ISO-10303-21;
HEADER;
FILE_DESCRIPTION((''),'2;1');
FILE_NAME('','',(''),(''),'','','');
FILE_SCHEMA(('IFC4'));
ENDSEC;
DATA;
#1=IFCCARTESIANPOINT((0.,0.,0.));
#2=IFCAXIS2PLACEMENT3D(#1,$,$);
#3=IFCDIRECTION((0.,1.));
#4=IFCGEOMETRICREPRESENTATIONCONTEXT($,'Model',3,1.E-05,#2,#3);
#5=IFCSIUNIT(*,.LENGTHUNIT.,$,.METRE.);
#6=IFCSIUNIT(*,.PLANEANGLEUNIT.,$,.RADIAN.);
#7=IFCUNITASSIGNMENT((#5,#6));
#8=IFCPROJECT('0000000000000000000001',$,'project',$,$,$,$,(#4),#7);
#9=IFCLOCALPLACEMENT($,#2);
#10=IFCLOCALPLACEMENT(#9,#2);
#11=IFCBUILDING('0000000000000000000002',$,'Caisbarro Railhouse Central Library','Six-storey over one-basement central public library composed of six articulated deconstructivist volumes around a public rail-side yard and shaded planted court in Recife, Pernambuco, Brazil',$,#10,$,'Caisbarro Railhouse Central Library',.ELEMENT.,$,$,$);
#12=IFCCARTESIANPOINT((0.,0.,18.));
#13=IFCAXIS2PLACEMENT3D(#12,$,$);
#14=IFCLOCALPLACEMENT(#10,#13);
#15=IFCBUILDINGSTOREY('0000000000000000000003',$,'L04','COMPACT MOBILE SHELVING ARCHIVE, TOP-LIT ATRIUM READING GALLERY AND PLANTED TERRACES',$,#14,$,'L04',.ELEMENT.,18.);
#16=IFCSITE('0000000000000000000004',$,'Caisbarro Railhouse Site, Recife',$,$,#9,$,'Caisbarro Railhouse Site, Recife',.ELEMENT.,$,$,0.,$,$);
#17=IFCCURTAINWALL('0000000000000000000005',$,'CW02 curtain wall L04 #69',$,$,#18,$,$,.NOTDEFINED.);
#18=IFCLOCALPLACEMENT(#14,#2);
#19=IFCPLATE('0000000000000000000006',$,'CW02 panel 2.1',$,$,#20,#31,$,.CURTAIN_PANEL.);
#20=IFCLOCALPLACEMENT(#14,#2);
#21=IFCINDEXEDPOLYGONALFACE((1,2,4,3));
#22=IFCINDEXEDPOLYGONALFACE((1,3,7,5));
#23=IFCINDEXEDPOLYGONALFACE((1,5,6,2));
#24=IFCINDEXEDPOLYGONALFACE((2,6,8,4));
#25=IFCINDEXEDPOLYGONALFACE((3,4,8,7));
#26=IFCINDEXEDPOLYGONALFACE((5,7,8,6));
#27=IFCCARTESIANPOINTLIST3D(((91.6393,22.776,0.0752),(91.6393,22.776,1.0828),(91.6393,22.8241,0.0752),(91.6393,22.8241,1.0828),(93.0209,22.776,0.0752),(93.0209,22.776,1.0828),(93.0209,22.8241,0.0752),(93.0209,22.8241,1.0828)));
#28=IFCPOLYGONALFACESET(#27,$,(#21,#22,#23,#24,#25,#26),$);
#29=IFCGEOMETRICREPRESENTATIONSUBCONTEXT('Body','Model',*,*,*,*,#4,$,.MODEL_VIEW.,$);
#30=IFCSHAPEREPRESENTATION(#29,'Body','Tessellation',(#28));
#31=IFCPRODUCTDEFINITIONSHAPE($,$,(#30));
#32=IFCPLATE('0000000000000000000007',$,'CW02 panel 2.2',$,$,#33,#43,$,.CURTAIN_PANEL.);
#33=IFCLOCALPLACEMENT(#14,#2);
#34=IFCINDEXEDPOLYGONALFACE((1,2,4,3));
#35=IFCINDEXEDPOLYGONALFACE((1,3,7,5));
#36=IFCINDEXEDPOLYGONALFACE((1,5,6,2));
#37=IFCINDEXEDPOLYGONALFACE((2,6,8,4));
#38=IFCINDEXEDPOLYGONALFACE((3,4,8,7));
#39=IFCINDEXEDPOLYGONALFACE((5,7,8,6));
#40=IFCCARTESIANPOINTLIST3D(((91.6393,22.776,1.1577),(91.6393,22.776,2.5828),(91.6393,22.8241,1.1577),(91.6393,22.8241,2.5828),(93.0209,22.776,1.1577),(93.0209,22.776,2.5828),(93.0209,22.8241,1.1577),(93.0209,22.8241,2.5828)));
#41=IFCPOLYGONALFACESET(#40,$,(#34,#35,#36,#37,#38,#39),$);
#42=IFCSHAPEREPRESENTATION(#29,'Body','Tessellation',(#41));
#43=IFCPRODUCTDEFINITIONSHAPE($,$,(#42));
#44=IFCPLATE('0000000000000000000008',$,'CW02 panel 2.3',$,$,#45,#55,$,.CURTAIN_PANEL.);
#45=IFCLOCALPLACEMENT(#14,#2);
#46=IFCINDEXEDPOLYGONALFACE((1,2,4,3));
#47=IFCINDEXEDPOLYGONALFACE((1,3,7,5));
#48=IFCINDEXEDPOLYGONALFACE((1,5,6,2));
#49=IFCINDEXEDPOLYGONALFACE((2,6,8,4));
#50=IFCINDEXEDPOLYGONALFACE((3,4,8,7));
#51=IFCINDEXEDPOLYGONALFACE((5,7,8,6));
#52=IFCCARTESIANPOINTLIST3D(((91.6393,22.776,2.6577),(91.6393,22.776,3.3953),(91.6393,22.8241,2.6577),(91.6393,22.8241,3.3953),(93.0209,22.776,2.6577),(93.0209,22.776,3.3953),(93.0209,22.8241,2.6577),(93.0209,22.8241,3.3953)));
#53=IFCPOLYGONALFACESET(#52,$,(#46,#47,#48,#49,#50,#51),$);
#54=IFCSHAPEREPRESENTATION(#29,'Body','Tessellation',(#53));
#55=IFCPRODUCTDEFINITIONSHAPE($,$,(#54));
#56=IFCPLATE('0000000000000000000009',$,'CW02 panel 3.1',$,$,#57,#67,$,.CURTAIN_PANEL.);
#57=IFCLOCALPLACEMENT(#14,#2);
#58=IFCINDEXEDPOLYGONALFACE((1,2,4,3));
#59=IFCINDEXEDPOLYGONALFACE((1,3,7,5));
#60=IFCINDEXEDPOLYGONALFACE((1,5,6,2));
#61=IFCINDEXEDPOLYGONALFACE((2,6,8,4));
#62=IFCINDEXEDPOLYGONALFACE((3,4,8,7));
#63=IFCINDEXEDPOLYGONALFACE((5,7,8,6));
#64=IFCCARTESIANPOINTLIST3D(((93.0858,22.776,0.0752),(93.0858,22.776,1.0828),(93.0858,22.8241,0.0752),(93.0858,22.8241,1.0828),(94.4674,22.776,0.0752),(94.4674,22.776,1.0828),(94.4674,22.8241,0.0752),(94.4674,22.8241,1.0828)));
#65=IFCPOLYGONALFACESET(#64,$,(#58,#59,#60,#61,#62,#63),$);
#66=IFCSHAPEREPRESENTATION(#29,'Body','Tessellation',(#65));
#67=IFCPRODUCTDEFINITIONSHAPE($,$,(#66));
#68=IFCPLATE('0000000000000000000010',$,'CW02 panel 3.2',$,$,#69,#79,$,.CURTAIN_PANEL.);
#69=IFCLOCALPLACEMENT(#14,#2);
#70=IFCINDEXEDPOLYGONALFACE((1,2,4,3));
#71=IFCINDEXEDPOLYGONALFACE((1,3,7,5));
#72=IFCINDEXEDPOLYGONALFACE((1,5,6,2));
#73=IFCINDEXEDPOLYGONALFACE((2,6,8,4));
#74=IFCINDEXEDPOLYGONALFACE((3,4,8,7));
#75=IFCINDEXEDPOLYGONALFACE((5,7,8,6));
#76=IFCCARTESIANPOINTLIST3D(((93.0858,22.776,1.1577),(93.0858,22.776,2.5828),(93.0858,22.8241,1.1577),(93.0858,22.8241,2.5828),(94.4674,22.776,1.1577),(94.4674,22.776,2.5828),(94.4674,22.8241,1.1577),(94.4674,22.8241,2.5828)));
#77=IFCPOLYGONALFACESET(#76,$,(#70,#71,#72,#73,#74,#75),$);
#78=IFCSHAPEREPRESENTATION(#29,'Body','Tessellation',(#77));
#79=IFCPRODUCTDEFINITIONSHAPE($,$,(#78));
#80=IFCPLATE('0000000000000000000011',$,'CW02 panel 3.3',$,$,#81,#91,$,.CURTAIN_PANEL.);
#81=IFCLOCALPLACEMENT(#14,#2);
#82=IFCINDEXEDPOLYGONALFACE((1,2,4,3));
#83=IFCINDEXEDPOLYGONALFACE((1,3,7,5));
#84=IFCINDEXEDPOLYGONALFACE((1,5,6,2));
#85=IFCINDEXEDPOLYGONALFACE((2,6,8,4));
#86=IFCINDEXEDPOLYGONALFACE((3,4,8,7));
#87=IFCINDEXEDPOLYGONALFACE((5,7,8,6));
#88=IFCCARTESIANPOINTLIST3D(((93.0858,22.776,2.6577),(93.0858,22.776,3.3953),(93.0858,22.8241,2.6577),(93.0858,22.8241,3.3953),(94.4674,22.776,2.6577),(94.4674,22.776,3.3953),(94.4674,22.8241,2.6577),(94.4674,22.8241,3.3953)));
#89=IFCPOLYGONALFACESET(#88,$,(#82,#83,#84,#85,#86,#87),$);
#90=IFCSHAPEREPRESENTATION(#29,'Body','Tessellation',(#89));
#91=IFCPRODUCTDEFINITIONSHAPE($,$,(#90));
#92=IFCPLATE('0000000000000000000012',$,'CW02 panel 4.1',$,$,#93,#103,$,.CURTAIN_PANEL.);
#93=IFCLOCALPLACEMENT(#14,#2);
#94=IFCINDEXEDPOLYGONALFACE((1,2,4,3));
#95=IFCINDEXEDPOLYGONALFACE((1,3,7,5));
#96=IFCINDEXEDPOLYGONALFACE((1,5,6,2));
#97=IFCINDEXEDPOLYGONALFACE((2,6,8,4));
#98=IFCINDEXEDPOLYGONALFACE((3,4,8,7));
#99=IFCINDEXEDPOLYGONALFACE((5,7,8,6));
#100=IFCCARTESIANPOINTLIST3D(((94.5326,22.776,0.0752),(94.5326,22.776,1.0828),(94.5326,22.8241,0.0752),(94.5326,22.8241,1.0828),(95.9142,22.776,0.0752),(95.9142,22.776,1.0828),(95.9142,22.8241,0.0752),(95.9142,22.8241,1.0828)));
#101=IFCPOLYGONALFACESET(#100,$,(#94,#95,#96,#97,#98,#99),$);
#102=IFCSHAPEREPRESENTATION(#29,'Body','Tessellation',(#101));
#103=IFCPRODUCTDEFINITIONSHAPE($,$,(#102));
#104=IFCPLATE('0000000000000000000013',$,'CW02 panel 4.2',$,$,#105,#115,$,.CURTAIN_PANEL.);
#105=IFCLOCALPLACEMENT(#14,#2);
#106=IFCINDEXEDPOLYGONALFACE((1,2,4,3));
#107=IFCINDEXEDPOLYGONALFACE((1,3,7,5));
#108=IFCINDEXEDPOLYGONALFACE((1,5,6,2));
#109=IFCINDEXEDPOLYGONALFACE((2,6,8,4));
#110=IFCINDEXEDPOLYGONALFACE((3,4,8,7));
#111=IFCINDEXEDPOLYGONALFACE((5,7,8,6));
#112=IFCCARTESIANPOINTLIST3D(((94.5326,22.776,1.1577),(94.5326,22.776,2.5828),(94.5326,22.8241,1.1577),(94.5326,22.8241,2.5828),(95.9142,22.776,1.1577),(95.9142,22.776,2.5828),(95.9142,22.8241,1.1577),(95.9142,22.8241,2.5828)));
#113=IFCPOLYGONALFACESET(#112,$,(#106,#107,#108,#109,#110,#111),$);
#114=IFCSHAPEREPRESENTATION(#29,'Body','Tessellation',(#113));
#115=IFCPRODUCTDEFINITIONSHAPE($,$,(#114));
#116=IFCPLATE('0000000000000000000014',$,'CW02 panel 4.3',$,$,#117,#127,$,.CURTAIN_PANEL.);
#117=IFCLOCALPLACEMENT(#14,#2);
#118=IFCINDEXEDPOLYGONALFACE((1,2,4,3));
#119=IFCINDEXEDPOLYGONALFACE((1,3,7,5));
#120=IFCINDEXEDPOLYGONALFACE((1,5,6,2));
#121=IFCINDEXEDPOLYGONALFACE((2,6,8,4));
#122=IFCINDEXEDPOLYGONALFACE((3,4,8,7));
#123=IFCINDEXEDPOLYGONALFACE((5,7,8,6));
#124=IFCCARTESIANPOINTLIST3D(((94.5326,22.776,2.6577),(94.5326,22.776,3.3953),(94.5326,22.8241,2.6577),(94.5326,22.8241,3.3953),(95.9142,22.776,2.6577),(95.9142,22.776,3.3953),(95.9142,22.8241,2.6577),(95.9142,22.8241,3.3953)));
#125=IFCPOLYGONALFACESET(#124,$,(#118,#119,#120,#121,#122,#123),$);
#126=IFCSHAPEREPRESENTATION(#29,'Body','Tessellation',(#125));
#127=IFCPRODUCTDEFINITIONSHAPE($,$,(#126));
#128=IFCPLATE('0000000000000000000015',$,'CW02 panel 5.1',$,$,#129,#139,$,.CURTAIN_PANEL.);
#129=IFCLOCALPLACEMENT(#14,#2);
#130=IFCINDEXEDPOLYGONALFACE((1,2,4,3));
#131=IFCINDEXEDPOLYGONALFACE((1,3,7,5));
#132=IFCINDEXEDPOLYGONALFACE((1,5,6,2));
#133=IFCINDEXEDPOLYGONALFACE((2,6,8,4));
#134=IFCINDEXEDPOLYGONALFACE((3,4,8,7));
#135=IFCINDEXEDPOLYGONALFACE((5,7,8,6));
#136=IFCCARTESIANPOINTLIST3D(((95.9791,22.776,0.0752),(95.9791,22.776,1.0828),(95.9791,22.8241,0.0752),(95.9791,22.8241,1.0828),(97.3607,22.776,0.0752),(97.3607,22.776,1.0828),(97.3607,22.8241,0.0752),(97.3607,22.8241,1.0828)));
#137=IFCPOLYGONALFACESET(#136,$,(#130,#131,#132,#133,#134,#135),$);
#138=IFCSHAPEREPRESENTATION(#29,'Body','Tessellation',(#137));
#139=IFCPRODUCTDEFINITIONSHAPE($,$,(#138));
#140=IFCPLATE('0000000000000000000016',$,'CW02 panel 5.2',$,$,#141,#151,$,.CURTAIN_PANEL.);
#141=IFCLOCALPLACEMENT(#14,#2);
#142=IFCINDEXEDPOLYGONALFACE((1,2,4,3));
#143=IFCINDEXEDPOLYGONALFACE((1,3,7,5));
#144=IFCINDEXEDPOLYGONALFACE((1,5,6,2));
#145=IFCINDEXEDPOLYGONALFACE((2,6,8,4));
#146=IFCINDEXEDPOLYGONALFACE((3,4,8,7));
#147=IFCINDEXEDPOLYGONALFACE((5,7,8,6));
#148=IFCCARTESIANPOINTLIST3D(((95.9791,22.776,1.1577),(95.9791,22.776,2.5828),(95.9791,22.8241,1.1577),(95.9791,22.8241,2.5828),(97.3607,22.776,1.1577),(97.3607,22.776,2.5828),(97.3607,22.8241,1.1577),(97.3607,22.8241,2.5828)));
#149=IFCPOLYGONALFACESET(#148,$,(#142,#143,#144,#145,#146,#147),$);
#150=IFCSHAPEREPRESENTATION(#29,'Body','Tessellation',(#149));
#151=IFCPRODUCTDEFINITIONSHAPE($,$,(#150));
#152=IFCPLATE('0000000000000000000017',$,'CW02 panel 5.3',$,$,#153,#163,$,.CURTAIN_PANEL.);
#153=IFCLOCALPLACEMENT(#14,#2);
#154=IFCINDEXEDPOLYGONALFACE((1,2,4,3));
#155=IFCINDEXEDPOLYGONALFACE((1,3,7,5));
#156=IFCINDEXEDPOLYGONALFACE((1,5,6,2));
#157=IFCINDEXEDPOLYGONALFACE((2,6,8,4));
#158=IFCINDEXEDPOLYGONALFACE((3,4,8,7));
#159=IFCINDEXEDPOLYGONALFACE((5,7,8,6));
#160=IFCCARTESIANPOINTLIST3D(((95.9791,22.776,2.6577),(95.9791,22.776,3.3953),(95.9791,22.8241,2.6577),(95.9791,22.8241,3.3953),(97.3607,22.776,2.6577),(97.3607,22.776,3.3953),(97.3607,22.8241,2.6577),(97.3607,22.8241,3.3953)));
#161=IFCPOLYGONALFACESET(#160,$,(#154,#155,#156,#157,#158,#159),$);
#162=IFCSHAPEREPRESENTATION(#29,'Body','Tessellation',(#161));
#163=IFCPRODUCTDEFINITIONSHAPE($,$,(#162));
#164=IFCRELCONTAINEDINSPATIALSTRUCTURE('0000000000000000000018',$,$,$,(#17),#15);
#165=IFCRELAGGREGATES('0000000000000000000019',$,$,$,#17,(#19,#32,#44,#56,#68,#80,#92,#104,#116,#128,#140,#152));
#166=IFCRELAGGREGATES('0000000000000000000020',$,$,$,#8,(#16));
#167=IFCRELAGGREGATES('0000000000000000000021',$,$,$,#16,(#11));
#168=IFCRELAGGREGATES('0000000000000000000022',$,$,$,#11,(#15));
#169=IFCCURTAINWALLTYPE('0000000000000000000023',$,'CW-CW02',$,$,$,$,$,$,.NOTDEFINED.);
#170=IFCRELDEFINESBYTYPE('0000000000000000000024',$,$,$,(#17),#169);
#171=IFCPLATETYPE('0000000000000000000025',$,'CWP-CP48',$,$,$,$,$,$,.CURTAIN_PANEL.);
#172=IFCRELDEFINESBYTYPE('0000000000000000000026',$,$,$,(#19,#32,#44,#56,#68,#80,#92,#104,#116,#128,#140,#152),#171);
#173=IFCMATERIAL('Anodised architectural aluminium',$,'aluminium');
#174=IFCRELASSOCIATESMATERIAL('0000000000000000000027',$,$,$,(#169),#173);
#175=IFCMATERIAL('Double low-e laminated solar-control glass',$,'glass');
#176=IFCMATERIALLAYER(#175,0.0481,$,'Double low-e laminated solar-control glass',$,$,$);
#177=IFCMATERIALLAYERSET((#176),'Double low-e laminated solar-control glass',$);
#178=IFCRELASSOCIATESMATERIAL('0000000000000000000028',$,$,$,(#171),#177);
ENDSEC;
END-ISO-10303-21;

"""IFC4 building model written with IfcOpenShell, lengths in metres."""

from ifc_helpers import new_model, si_unit, direction, frame, origin, origin_2d, place, context, subcontext, project, spatial, rectangle, extrude, material, layer, layer_set, type_object, element, aggregate, save


model = new_model("IFC4")

# Units and contexts
model_context = context("Model", 3, precision=1e-05, world=origin(), true_north=direction((0.0, 1.0)))
body_context = subcontext(model_context, "Body", "Model", "MODEL_VIEW")
ifc_project = project(units=[si_unit("LENGTHUNIT", "METRE"), si_unit("PLANEANGLEUNIT", "RADIAN")], contexts=[model_context])

# Site, building, storey
site_placement = place(None, origin())
site = spatial("IfcSite", under=ifc_project, at=site_placement, Name="Caisbarro Railhouse Site, Recife", LongName="Caisbarro Railhouse Site, Recife", CompositionType="ELEMENT", RefElevation=0.0)
building_placement = place(site_placement, origin())
building = spatial("IfcBuilding", under=site, at=building_placement, Name="Caisbarro Railhouse Central Library", Description="Six-storey over one-basement central public library composed of six articulated deconstructivist volumes around a public rail-side yard and shaded planted court in Recife, Pernambuco, Brazil", LongName="Caisbarro Railhouse Central Library", CompositionType="ELEMENT")
storey_placement = place(building_placement, frame((0.0, 0.0, 18.0)))
storey = spatial("IfcBuildingStorey", under=building, at=storey_placement, Name="L04", Description="COMPACT MOBILE SHELVING ARCHIVE, TOP-LIT ATRIUM READING GALLERY AND PLANTED TERRACES", LongName="L04", CompositionType="ELEMENT", Elevation=18.0)

# Curtain wall, plates
ifc_material_1 = material(Name="Anodised architectural aluminium", Category="aluminium")
curtain_wall_type = type_object("IfcCurtainWallType", Name="CW-CW02", PredefinedType="NOTDEFINED", material=ifc_material_1)
curtain_wall_placement = place(storey_placement, origin())
curtain_wall = element("IfcCurtainWall", 1, at=curtain_wall_placement, inside=storey, type_object=curtain_wall_type, Name="CW02 curtain wall L04 #69", PredefinedType="NOTDEFINED")
ifc_material_2 = material(Name="Double low-e laminated solar-control glass", Category="glass")
ifc_layer = layer(ifc_material_2, 0.0481, Name="Double low-e laminated solar-control glass")
ifc_layer_set = layer_set([ifc_layer], Name="Double low-e laminated solar-control glass")
plate_type = type_object("IfcPlateType", Name="CWP-CP48", PredefinedType="CURTAIN_PANEL", material=ifc_layer_set)
plate_1_placement = place(storey_placement, frame((92.3301, 22.8, 0.0752), z_axis=(0.0, 0.0, 1.0), x_axis=(1.0, 0.0, 0.0)))
plate_1 = element("IfcPlate", 2, at=plate_1_placement, type_object=plate_type, Name="CW02 panel 2.1", PredefinedType="CURTAIN_PANEL", context=body_context, shape_type="SweptSolid", body=[
    extrude(rectangle(XDim=1.3816, YDim=0.0481, at=origin_2d()), origin(), (0.0, 0.0, 1.0), 1.0076),
])
plate_2_placement = place(storey_placement, frame((92.3301, 22.8, 1.1577), z_axis=(0.0, 0.0, 1.0), x_axis=(1.0, 0.0, 0.0)))
plate_2 = element("IfcPlate", 3, at=plate_2_placement, type_object=plate_type, Name="CW02 panel 2.2", PredefinedType="CURTAIN_PANEL", context=body_context, shape_type="SweptSolid", body=[
    extrude(rectangle(XDim=1.3816, YDim=0.0481, at=origin_2d()), origin(), (0.0, 0.0, 1.0), 1.425),
])
plate_3_placement = place(storey_placement, frame((92.3301, 22.8, 2.6577), z_axis=(0.0, 0.0, 1.0), x_axis=(1.0, 0.0, 0.0)))
plate_3 = element("IfcPlate", 4, at=plate_3_placement, type_object=plate_type, Name="CW02 panel 2.3", PredefinedType="CURTAIN_PANEL", context=body_context, shape_type="SweptSolid", body=[
    extrude(rectangle(XDim=1.3816, YDim=0.0481, at=origin_2d()), origin(), (0.0, 0.0, 1.0), 0.7375),
])
plate_4_placement = place(storey_placement, frame((93.7766, 22.8, 0.0752), z_axis=(0.0, 0.0, 1.0), x_axis=(1.0, 0.0, 0.0)))
plate_4 = element("IfcPlate", 5, at=plate_4_placement, type_object=plate_type, Name="CW02 panel 3.1", PredefinedType="CURTAIN_PANEL", context=body_context, shape_type="SweptSolid", body=[
    extrude(rectangle(XDim=1.3816, YDim=0.0481, at=origin_2d()), origin(), (0.0, 0.0, 1.0), 1.0076),
])
plate_5_placement = place(storey_placement, frame((93.7766, 22.8, 1.1577), z_axis=(0.0, 0.0, 1.0), x_axis=(1.0, 0.0, 0.0)))
plate_5 = element("IfcPlate", 6, at=plate_5_placement, type_object=plate_type, Name="CW02 panel 3.2", PredefinedType="CURTAIN_PANEL", context=body_context, shape_type="SweptSolid", body=[
    extrude(rectangle(XDim=1.3816, YDim=0.0481, at=origin_2d()), origin(), (0.0, 0.0, 1.0), 1.425),
])
plate_6_placement = place(storey_placement, frame((93.7766, 22.8, 2.6577), z_axis=(0.0, 0.0, 1.0), x_axis=(1.0, 0.0, 0.0)))
plate_6 = element("IfcPlate", 7, at=plate_6_placement, type_object=plate_type, Name="CW02 panel 3.3", PredefinedType="CURTAIN_PANEL", context=body_context, shape_type="SweptSolid", body=[
    extrude(rectangle(XDim=1.3816, YDim=0.0481, at=origin_2d()), origin(), (0.0, 0.0, 1.0), 0.7375),
])
plate_7_placement = place(storey_placement, frame((95.2234, 22.8, 0.0752), z_axis=(0.0, 0.0, 1.0), x_axis=(1.0, 0.0, 0.0)))
plate_7 = element("IfcPlate", 8, at=plate_7_placement, type_object=plate_type, Name="CW02 panel 4.1", PredefinedType="CURTAIN_PANEL", context=body_context, shape_type="SweptSolid", body=[
    extrude(rectangle(XDim=1.3816, YDim=0.0481, at=origin_2d()), origin(), (0.0, 0.0, 1.0), 1.0076),
])
plate_8_placement = place(storey_placement, frame((95.2234, 22.8, 1.1577), z_axis=(0.0, 0.0, 1.0), x_axis=(1.0, 0.0, 0.0)))
plate_8 = element("IfcPlate", 9, at=plate_8_placement, type_object=plate_type, Name="CW02 panel 4.2", PredefinedType="CURTAIN_PANEL", context=body_context, shape_type="SweptSolid", body=[
    extrude(rectangle(XDim=1.3816, YDim=0.0481, at=origin_2d()), origin(), (0.0, 0.0, 1.0), 1.425),
])
plate_9_placement = place(storey_placement, frame((95.2234, 22.8, 2.6577), z_axis=(0.0, 0.0, 1.0), x_axis=(1.0, 0.0, 0.0)))
plate_9 = element("IfcPlate", 10, at=plate_9_placement, type_object=plate_type, Name="CW02 panel 4.3", PredefinedType="CURTAIN_PANEL", context=body_context, shape_type="SweptSolid", body=[
    extrude(rectangle(XDim=1.3816, YDim=0.0481, at=origin_2d()), origin(), (0.0, 0.0, 1.0), 0.7375),
])
plate_10_placement = place(storey_placement, frame((96.6699, 22.8, 0.0752), z_axis=(0.0, 0.0, 1.0), x_axis=(1.0, 0.0, 0.0)))
plate_10 = element("IfcPlate", 11, at=plate_10_placement, type_object=plate_type, Name="CW02 panel 5.1", PredefinedType="CURTAIN_PANEL", context=body_context, shape_type="SweptSolid", body=[
    extrude(rectangle(XDim=1.3816, YDim=0.0481, at=origin_2d()), origin(), (0.0, 0.0, 1.0), 1.0076),
])
plate_11_placement = place(storey_placement, frame((96.6699, 22.8, 1.1577), z_axis=(0.0, 0.0, 1.0), x_axis=(1.0, 0.0, 0.0)))
plate_11 = element("IfcPlate", 12, at=plate_11_placement, type_object=plate_type, Name="CW02 panel 5.2", PredefinedType="CURTAIN_PANEL", context=body_context, shape_type="SweptSolid", body=[
    extrude(rectangle(XDim=1.3816, YDim=0.0481, at=origin_2d()), origin(), (0.0, 0.0, 1.0), 1.425),
])
plate_12_placement = place(storey_placement, frame((96.6699, 22.8, 2.6577), z_axis=(0.0, 0.0, 1.0), x_axis=(1.0, 0.0, 0.0)))
plate_12 = element("IfcPlate", 13, at=plate_12_placement, type_object=plate_type, Name="CW02 panel 5.3", PredefinedType="CURTAIN_PANEL", context=body_context, shape_type="SweptSolid", body=[
    extrude(rectangle(XDim=1.3816, YDim=0.0481, at=origin_2d()), origin(), (0.0, 0.0, 1.0), 0.7375),
])
aggregate(curtain_wall, [plate_1, plate_2, plate_3, plate_4, plate_5, plate_6, plate_7, plate_8, plate_9, plate_10, plate_11, plate_12])

save(model, "model.ifc")
